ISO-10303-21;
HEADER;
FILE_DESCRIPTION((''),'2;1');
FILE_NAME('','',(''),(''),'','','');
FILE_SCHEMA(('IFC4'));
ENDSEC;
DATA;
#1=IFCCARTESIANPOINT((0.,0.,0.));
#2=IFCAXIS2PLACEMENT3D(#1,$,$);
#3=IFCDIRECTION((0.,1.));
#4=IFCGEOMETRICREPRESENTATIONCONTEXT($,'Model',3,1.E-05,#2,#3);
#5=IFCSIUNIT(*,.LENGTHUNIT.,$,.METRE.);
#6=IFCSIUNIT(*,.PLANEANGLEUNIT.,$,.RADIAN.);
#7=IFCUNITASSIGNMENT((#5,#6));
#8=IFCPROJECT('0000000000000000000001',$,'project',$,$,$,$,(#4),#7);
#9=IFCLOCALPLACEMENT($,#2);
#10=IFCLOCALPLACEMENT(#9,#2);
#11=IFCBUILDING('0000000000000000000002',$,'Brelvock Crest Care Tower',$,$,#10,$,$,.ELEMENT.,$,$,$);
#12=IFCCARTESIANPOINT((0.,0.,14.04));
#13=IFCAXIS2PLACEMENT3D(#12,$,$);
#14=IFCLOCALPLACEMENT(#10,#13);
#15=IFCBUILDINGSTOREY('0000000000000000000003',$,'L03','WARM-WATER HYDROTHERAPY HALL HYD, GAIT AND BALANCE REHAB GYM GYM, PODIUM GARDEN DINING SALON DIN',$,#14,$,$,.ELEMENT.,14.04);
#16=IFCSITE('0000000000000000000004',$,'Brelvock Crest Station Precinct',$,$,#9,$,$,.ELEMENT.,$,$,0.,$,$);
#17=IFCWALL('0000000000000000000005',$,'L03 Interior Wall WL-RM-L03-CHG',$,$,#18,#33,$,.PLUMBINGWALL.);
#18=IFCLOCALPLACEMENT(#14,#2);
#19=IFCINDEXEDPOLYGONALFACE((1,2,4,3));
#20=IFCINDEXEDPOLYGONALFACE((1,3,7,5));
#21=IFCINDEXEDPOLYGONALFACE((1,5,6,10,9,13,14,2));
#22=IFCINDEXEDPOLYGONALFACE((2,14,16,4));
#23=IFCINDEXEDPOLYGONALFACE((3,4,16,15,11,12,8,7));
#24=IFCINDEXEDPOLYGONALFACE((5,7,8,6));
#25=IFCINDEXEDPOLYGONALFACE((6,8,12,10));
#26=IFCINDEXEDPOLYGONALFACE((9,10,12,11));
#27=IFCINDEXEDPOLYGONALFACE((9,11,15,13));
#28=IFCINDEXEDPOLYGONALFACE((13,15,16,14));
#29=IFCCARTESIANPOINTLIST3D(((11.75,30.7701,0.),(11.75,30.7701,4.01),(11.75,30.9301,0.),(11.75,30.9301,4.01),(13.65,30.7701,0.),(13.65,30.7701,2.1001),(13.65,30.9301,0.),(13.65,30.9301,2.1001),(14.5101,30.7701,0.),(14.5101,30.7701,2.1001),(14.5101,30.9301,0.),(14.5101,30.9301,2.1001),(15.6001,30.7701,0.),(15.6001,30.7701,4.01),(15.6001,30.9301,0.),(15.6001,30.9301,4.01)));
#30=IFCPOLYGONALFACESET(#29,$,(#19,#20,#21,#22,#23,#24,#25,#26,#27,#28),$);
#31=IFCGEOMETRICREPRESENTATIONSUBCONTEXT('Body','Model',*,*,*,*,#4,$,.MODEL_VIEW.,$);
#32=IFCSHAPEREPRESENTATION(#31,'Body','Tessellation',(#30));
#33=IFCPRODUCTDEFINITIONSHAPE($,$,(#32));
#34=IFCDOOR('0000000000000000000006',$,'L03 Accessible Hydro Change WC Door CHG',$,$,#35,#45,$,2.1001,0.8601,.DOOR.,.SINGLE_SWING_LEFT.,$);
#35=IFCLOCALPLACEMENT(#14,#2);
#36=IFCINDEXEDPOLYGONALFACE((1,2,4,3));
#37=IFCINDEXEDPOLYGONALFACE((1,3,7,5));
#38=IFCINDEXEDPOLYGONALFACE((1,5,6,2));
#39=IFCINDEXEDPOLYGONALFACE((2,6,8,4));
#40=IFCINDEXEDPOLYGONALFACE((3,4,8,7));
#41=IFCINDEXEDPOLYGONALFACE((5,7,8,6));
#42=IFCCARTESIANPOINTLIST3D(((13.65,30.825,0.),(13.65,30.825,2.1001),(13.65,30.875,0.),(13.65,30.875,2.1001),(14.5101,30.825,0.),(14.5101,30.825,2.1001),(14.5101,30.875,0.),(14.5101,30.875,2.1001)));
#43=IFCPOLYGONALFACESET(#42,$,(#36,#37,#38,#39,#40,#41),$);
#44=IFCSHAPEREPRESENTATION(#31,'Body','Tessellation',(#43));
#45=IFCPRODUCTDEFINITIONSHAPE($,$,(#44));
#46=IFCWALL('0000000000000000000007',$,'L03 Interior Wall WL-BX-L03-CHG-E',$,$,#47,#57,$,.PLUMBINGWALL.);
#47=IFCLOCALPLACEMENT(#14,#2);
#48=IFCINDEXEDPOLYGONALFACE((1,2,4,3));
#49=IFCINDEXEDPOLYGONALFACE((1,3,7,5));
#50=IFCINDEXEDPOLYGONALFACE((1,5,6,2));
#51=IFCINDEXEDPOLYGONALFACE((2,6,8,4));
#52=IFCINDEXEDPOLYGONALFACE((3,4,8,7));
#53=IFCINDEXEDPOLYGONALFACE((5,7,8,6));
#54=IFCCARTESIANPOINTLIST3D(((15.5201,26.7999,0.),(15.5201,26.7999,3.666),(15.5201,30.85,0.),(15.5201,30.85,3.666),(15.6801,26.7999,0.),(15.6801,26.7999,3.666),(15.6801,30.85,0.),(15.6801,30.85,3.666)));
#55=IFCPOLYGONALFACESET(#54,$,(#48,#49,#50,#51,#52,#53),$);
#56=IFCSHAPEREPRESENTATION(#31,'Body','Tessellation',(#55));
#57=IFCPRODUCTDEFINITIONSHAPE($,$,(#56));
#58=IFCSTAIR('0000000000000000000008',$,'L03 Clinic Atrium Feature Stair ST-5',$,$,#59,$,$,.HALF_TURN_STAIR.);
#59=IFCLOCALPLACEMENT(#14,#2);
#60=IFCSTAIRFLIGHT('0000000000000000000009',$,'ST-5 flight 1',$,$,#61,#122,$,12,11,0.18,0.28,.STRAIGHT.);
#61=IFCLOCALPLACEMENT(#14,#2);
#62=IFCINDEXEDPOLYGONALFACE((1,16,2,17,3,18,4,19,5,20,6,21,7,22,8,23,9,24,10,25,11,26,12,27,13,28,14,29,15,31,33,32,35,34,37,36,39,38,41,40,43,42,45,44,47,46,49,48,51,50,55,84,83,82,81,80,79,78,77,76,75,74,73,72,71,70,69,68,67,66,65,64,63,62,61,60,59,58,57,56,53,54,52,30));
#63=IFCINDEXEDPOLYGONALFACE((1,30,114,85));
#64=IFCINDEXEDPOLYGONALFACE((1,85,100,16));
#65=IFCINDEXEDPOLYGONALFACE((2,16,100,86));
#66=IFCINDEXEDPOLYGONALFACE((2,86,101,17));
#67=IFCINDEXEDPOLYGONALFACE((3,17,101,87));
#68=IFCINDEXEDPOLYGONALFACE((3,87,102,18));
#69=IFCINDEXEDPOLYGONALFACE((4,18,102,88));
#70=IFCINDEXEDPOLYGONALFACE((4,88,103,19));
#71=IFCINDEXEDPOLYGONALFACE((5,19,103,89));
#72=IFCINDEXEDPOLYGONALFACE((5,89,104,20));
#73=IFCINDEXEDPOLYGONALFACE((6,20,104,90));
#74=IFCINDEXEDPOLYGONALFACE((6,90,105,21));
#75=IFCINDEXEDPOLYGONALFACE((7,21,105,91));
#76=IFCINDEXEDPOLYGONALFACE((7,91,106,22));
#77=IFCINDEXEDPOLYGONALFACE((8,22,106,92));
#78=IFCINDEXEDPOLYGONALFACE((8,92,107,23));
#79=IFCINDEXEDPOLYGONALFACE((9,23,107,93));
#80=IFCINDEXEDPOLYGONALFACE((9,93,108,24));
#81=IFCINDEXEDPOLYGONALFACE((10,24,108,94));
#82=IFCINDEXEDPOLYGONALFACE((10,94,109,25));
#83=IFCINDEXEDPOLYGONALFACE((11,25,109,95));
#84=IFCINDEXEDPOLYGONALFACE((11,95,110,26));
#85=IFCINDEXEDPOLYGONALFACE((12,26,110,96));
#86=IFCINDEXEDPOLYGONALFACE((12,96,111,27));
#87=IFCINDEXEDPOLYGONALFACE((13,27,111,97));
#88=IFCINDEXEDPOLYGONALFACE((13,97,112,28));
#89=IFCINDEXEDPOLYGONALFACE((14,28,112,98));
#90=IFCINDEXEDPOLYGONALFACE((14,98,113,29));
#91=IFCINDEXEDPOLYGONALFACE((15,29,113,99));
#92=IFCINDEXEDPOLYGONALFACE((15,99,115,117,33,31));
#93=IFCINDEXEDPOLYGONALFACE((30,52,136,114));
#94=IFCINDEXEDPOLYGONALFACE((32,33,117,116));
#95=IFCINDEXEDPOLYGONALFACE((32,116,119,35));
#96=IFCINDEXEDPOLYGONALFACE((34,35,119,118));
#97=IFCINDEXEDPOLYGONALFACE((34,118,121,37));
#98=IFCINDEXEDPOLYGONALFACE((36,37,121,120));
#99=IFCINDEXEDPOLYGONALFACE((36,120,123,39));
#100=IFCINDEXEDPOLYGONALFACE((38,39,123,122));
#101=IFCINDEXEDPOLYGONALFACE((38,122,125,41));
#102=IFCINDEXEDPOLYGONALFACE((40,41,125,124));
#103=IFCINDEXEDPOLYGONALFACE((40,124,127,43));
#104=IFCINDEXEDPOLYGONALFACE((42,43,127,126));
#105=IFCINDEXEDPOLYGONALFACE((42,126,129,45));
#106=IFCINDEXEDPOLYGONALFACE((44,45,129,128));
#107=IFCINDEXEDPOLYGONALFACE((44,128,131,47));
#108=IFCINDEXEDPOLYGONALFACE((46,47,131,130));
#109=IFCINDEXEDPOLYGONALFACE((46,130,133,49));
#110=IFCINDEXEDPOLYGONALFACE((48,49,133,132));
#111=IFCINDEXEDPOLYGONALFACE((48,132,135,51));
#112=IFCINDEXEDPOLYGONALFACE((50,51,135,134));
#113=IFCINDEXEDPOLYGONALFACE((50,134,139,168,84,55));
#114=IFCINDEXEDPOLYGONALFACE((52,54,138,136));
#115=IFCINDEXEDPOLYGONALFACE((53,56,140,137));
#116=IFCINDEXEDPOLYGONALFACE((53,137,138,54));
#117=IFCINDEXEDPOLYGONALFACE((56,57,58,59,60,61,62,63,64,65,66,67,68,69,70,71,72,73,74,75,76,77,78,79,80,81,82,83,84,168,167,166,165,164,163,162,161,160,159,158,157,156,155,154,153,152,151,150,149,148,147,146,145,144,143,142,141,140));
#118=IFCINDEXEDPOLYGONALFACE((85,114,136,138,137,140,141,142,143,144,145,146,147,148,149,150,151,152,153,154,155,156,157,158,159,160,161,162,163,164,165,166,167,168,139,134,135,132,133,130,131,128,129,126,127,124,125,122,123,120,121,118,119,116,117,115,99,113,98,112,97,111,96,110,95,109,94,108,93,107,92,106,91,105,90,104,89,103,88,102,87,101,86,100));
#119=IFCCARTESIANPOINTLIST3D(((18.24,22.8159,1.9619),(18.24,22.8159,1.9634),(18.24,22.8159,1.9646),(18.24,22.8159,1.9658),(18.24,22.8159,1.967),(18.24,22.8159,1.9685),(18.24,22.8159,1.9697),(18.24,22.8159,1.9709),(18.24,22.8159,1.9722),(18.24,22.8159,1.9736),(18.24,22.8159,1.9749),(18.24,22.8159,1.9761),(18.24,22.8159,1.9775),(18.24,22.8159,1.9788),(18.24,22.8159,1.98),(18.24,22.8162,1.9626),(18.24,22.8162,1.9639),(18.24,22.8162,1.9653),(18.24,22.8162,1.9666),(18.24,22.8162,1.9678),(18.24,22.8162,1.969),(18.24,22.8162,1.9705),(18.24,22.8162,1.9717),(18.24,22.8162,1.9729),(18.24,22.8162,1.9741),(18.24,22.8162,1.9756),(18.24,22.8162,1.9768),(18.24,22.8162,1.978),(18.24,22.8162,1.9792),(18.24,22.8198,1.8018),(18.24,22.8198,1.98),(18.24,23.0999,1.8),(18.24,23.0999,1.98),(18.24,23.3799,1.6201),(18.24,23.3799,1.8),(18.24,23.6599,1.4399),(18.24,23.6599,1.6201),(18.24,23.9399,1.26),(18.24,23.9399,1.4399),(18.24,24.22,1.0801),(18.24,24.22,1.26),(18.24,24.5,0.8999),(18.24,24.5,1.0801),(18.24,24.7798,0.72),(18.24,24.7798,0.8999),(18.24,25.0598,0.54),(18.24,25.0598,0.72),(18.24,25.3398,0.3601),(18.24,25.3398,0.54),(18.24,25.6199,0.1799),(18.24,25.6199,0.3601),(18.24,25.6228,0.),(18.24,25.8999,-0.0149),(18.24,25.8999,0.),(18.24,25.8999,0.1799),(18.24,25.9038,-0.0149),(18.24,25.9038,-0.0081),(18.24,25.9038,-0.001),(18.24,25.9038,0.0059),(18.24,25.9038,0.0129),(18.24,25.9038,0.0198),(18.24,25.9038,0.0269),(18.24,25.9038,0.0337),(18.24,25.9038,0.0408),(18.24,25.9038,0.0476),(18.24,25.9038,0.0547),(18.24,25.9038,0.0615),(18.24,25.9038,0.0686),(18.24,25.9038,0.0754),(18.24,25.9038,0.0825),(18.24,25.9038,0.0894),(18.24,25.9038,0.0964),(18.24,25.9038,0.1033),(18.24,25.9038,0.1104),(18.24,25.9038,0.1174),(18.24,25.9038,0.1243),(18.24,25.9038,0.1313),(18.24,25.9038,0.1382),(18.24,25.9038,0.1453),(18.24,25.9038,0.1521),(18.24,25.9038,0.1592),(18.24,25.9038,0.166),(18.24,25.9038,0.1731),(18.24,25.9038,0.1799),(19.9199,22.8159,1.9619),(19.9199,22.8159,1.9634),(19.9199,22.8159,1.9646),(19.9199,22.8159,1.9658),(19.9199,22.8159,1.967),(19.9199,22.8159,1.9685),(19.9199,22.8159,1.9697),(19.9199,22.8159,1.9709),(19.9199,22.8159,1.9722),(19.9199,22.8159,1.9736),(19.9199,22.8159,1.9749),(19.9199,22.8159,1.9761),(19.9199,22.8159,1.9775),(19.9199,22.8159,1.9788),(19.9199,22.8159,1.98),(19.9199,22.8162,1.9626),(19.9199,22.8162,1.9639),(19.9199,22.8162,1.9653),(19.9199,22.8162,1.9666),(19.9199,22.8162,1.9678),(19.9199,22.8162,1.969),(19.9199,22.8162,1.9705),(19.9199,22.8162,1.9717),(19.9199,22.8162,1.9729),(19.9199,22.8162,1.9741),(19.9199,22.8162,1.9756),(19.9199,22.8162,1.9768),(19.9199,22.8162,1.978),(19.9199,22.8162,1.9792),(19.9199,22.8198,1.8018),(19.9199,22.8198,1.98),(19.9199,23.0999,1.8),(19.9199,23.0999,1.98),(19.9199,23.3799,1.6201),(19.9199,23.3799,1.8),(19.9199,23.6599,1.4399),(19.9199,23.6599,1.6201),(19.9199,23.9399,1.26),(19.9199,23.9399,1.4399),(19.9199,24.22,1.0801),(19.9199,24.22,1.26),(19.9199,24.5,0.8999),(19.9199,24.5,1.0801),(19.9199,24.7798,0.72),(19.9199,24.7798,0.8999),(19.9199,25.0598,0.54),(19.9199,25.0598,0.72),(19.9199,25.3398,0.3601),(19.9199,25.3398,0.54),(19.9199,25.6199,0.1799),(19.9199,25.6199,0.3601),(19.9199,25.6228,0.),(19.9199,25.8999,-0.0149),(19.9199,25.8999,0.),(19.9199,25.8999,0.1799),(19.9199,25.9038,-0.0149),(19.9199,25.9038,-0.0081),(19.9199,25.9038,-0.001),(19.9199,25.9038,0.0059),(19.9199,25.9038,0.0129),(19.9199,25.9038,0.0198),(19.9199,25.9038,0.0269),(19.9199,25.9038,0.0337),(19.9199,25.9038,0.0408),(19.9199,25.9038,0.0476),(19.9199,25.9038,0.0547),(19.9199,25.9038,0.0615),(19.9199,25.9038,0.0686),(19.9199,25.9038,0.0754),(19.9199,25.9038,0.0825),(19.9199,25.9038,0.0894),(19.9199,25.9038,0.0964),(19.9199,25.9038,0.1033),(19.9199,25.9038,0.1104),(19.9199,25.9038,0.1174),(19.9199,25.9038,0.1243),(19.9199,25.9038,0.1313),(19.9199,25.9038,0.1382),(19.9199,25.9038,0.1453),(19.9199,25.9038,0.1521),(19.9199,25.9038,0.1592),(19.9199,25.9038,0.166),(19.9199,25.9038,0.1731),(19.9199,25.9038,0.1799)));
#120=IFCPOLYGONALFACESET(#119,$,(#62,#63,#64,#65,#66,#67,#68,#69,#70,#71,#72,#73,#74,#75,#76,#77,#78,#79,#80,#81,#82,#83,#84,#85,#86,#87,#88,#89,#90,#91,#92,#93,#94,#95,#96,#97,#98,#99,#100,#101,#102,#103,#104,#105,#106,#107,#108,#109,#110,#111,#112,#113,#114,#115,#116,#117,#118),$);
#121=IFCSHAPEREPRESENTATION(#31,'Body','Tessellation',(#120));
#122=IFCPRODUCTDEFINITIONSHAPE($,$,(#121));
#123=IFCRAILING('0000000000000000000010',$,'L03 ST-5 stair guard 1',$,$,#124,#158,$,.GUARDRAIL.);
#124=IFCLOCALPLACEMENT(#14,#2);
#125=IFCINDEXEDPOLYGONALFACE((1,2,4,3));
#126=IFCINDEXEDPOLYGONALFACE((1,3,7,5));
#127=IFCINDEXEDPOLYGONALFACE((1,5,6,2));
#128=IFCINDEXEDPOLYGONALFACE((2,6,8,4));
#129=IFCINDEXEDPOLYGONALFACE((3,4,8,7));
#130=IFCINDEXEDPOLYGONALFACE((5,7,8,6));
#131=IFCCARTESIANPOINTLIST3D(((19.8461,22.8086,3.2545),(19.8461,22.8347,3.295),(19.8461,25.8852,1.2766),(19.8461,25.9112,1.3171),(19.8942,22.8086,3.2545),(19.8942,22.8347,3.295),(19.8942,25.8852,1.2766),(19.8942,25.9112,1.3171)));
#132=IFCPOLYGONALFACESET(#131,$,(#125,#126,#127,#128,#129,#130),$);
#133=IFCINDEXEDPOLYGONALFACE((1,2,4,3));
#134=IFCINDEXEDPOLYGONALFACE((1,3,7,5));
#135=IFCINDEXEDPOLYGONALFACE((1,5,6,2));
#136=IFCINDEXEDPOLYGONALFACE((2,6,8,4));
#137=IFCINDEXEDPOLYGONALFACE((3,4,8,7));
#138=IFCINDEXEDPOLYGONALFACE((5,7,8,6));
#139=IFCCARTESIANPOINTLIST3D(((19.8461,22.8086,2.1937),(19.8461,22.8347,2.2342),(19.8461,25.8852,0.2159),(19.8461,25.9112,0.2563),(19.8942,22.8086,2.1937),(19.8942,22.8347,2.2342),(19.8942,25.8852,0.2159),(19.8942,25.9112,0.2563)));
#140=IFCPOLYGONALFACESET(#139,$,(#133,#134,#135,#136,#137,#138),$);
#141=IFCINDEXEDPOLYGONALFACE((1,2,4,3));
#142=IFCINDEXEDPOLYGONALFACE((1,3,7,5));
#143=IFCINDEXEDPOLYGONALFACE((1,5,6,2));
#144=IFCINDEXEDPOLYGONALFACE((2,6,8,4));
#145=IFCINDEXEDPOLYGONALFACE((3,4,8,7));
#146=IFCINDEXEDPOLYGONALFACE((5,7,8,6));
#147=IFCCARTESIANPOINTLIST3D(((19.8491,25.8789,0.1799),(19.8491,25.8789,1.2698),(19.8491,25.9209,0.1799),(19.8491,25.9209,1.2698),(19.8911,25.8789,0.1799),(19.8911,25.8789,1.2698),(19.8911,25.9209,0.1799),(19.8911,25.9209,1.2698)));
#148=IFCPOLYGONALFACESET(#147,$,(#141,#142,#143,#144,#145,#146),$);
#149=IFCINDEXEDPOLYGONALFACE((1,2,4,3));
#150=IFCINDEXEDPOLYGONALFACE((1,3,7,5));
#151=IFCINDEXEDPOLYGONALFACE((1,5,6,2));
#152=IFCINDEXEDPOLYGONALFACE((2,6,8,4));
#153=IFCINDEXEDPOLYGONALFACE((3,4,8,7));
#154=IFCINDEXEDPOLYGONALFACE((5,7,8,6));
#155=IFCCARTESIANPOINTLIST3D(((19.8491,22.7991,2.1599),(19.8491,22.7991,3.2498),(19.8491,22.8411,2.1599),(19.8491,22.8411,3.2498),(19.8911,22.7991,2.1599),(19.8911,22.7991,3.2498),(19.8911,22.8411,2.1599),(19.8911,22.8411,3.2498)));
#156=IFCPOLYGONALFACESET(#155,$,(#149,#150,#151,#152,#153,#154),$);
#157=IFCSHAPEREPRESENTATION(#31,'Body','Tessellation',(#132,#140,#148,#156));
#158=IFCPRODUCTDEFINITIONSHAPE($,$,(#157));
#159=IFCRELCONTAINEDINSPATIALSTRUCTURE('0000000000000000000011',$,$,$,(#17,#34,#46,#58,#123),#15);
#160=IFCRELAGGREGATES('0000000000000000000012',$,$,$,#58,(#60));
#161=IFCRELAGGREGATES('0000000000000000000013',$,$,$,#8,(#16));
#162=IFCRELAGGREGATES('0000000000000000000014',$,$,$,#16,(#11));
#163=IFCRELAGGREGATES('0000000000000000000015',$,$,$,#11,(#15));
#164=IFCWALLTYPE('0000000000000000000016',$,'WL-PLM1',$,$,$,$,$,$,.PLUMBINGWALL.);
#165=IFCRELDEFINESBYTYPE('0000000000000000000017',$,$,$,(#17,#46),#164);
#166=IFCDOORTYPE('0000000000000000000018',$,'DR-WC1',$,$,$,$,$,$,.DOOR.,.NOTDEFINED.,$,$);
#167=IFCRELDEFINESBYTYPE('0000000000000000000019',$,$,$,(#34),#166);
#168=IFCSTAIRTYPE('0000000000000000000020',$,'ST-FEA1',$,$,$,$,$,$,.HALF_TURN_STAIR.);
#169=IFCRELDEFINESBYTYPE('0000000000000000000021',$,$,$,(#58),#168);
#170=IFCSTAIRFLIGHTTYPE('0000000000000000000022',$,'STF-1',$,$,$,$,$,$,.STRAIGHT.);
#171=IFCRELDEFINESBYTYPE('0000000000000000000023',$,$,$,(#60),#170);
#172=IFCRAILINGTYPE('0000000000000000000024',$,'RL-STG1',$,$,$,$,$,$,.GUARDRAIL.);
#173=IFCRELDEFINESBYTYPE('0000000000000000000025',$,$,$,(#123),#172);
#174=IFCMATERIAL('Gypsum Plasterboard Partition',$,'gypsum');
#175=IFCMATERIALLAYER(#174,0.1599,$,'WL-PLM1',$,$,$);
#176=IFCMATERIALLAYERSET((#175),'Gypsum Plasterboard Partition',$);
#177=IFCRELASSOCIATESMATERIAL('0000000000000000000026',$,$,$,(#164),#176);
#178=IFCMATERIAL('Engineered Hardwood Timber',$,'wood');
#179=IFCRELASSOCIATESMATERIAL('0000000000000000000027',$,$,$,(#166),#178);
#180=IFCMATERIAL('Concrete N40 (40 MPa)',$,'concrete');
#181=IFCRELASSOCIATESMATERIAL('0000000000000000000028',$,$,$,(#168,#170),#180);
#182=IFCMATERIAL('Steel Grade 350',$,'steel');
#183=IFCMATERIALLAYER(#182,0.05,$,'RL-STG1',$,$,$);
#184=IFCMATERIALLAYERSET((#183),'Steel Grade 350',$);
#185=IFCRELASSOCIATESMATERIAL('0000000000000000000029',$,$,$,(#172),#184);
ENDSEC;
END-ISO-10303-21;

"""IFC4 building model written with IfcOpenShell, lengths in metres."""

from ifc_helpers import new_model, si_unit, direction, frame, frame_2d, origin, origin_2d, place, context, subcontext, project, spatial, polyline, rectangle, outline, extrude, source, transform, mapped, material, layer, layer_set, type_object, element, fill, aggregate, save


model = new_model("IFC4")

# Units and contexts
model_context = context("Model", 3, precision=1e-05, world=origin(), true_north=direction((0.0, 1.0)))
body_context = subcontext(model_context, "Body", "Model", "MODEL_VIEW")
ifc_project = project(units=[si_unit("LENGTHUNIT", "METRE"), si_unit("PLANEANGLEUNIT", "RADIAN")], contexts=[model_context])

# Site, building, storey
site_placement = place(None, origin())
site = spatial("IfcSite", under=ifc_project, at=site_placement, Name="Brelvock Crest Station Precinct", CompositionType="ELEMENT", RefElevation=0.0)
building_placement = place(site_placement, origin())
building = spatial("IfcBuilding", under=site, at=building_placement, Name="Brelvock Crest Care Tower", CompositionType="ELEMENT")
storey_placement = place(building_placement, frame((0.0, 0.0, 14.04)))
storey = spatial("IfcBuildingStorey", under=building, at=storey_placement, Name="L03", Description="WARM-WATER HYDROTHERAPY HALL HYD, GAIT AND BALANCE REHAB GYM GYM, PODIUM GARDEN DINING SALON DIN", CompositionType="ELEMENT", Elevation=14.04)

# Shared definitions
ifc_material_1 = material(Name="Steel Grade 350", Category="steel")

# Wall, opening, door
ifc_material_2 = material(Name="Gypsum Plasterboard Partition", Category="gypsum")
ifc_layer_1 = layer(ifc_material_2, 0.1599, Name="WL-PLM1")
ifc_layer_set_1 = layer_set([ifc_layer_1], Name="Gypsum Plasterboard Partition")
wall_type_1 = type_object("IfcWallType", Name="WL-PLM1", PredefinedType="PLUMBINGWALL", material=ifc_layer_set_1)
wall_1_placement = place(storey_placement, frame((11.75, 30.8501, 0.0), z_axis=(0.0, 0.0, 1.0), x_axis=(1.0, 0.0, 0.0)))
wall_1 = element("IfcWall", 1, at=wall_1_placement, inside=storey, type_object=wall_type_1, Name="L03 Interior Wall WL-RM-L03-CHG", PredefinedType="PLUMBINGWALL", context=body_context, shape_type="SweptSolid", body=[
    extrude(rectangle(XDim=3.8501, YDim=0.1599, at=frame_2d((1.925, 0.0))), origin(), (0.0, 0.0, 1.0), 4.01),
])
opening_placement = place(wall_1_placement, frame((1.8999, 0.0, 0.0)))
opening = element("IfcOpeningElement", 2, at=opening_placement, cuts=wall_1, PredefinedType="OPENING", context=body_context, shape_type="SweptSolid", body=[
    extrude(rectangle(XDim=0.8601, YDim=2.1001, at=origin_2d()), frame((0.4302, 0.0898, 1.05), z_axis=(0.0, -1.0, 0.0), x_axis=(1.0, 0.0, 0.0)), (0.0, 0.0, 1.0), 0.1799),
])
ifc_material_3 = material(Name="Engineered Hardwood Timber", Category="wood")
door_type = type_object("IfcDoorType", Name="DR-WC1", OperationType="NOTDEFINED", PredefinedType="DOOR", material=ifc_material_3)
shared_shape_1 = source(origin(), body_context, "Body", "SweptSolid", [
    extrude(rectangle(XDim=0.8601, YDim=2.1001, at=origin_2d()), frame((0.4302, 0.0249, 1.05), z_axis=(0.0, -1.0, 0.0), x_axis=(1.0, 0.0, 0.0)), (0.0, 0.0, 1.0), 0.05),
])
door_placement = place(opening_placement, origin())
door = element("IfcDoor", 3, at=door_placement, inside=storey, type_object=door_type, Name="L03 Accessible Hydro Change WC Door CHG", OperationType="SINGLE_SWING_LEFT", OverallHeight=2.1001, OverallWidth=0.8601, PredefinedType="DOOR", context=body_context, shape_type="MappedRepresentation", body=[
    mapped(shared_shape_1, transform((0.0, 0.0, 0.0), x_axis=(1.0, 0.0, 0.0), y_axis=(0.0, 1.0, 0.0), z_axis=(0.0, 0.0, 1.0), scale=1.0)),
])
fill(opening, door)

# Wall
wall_2_placement = place(storey_placement, frame((15.6001, 26.8, 0.0), z_axis=(0.0, 0.0, 1.0), x_axis=(0.0, 1.0, 0.0)))
element("IfcWall", 4, at=wall_2_placement, inside=storey, type_object=wall_type_1, Name="L03 Interior Wall WL-BX-L03-CHG-E", PredefinedType="PLUMBINGWALL", context=body_context, shape_type="SweptSolid", body=[
    extrude(rectangle(XDim=4.05, YDim=0.1599, at=frame_2d((2.0249, 0.0))), origin(), (0.0, 0.0, 1.0), 3.666),
])

# Stair, stair flight
ifc_material_4 = material(Name="Concrete N40 (40 MPa)", Category="concrete")
stair_type = type_object("IfcStairType", Name="ST-FEA1", PredefinedType="HALF_TURN_STAIR", material=ifc_material_4)
stair_placement = place(storey_placement, origin())
stair = element("IfcStair", 5, at=stair_placement, inside=storey, type_object=stair_type, Name="L03 Clinic Atrium Feature Stair ST-5", PredefinedType="HALF_TURN_STAIR")
stair_flight_type = type_object("IfcStairFlightType", Name="STF-1", PredefinedType="STRAIGHT", material=ifc_material_4)
stair_flight_placement = place(storey_placement, frame((19.0801, 25.8999, 0.0), z_axis=(0.0, 0.0, 1.0), x_axis=(0.0, -1.0, 0.0)))
stair_flight = element("IfcStairFlight", 6, at=stair_flight_placement, type_object=stair_flight_type, Name="ST-5 flight 1", NumberOfRisers=12, NumberOfTreads=11, PredefinedType="STRAIGHT", RiserHeight=0.18, TreadLength=0.28, context=body_context, shape_type="SweptSolid", body=[
    extrude(outline(polyline([(-0.0039, -0.0149), (-0.0039, -0.0081), (-0.0039, -0.001), (-0.0039, 0.0059), (-0.0039, 0.0129), (-0.0039, 0.0198), (-0.0039, 0.0269), (-0.0039, 0.0337), (-0.0039, 0.0408), (-0.0039, 0.0476), (-0.0039, 0.0547), (-0.0039, 0.0615), (-0.0039, 0.0686), (-0.0039, 0.0754), (-0.0039, 0.0825), (-0.0039, 0.0894), (-0.0039, 0.0964), (-0.0039, 0.1033), (-0.0039, 0.1104), (-0.0039, 0.1174), (-0.0039, 0.1243), (-0.0039, 0.1313), (-0.0039, 0.1382), (-0.0039, 0.1453), (-0.0039, 0.1521), (-0.0039, 0.1592), (-0.0039, 0.166), (-0.0039, 0.1731), (-0.0039, 0.1799), (0.0, 0.1799), (0.28, 0.1799), (0.28, 0.3601), (0.5601, 0.3601), (0.5601, 0.54), (0.8401, 0.54), (0.8401, 0.72), (1.1201, 0.72), (1.1201, 0.8999), (1.3999, 0.8999), (1.3999, 1.0801), (1.6799, 1.0801), (1.6799, 1.26), (1.96, 1.26), (1.96, 1.4399), (2.24, 1.4399), (2.24, 1.6201), (2.52, 1.6201), (2.52, 1.8), (2.8, 1.8), (2.8, 1.98), (3.0801, 1.98), (3.084, 1.98), (3.0837, 1.9792), (3.084, 1.9788), (3.0837, 1.978), (3.084, 1.9775), (3.0837, 1.9768), (3.084, 1.9761), (3.0837, 1.9756), (3.084, 1.9749), (3.0837, 1.9741), (3.084, 1.9736), (3.0837, 1.9729), (3.084, 1.9722), (3.0837, 1.9717), (3.084, 1.9709), (3.0837, 1.9705), (3.084, 1.9697), (3.0837, 1.969), (3.084, 1.9685), (3.0837, 1.9678), (3.084, 1.967), (3.0837, 1.9666), (3.084, 1.9658), (3.0837, 1.9653), (3.084, 1.9646), (3.0837, 1.9639), (3.084, 1.9634), (3.0837, 1.9626), (3.084, 1.9619), (3.0801, 1.8018), (0.2771, 0.0), (0.0, 0.0), (0.0, -0.0149), (-0.0039, -0.0149)])), frame((0.0, 0.8398, 0.0), z_axis=(0.0, -1.0, 0.0), x_axis=(1.0, 0.0, 0.0)), (0.0, 0.0, 1.0), 1.6799),
])
aggregate(stair, [stair_flight])

# Railing
ifc_layer_2 = layer(ifc_material_1, 0.05, Name="RL-STG1")
ifc_layer_set_2 = layer_set([ifc_layer_2], Name="Steel Grade 350")
railing_type_1 = type_object("IfcRailingType", Name="RL-STG1", PredefinedType="GUARDRAIL", material=ifc_layer_set_2)
railing_1_placement = place(storey_placement, frame((19.8701, 25.8999, 0.1799)))
element("IfcRailing", 7, at=railing_1_placement, inside=storey, type_object=railing_type_1, Name="L03 ST-5 stair guard 1", PredefinedType="GUARDRAIL", context=body_context, shape_type="SweptSolid", body=[
    extrude(rectangle(XDim=0.0481, YDim=0.0481, at=origin_2d()), frame((0.0, -0.0017, 1.1169), z_axis=(0.0, -0.841168, 0.540774), x_axis=(1.0, 0.0, 0.0)), (0.0, 0.0, 1.0), 3.6575),
    extrude(rectangle(XDim=0.0481, YDim=0.0481, at=origin_2d()), frame((0.0, -0.0017, 0.0562), z_axis=(0.0, -0.841168, 0.540774), x_axis=(1.0, 0.0, 0.0)), (0.0, 0.0, 1.0), 3.6575),
    extrude(rectangle(XDim=0.042, YDim=0.042, at=origin_2d()), origin(), (0.0, 0.0, 1.0), 1.0898),
    extrude(rectangle(XDim=0.042, YDim=0.042, at=origin_2d()), frame((0.0, -3.0798, 1.98)), (0.0, 0.0, 1.0), 1.0898),
])

save(model, "model.ifc")
